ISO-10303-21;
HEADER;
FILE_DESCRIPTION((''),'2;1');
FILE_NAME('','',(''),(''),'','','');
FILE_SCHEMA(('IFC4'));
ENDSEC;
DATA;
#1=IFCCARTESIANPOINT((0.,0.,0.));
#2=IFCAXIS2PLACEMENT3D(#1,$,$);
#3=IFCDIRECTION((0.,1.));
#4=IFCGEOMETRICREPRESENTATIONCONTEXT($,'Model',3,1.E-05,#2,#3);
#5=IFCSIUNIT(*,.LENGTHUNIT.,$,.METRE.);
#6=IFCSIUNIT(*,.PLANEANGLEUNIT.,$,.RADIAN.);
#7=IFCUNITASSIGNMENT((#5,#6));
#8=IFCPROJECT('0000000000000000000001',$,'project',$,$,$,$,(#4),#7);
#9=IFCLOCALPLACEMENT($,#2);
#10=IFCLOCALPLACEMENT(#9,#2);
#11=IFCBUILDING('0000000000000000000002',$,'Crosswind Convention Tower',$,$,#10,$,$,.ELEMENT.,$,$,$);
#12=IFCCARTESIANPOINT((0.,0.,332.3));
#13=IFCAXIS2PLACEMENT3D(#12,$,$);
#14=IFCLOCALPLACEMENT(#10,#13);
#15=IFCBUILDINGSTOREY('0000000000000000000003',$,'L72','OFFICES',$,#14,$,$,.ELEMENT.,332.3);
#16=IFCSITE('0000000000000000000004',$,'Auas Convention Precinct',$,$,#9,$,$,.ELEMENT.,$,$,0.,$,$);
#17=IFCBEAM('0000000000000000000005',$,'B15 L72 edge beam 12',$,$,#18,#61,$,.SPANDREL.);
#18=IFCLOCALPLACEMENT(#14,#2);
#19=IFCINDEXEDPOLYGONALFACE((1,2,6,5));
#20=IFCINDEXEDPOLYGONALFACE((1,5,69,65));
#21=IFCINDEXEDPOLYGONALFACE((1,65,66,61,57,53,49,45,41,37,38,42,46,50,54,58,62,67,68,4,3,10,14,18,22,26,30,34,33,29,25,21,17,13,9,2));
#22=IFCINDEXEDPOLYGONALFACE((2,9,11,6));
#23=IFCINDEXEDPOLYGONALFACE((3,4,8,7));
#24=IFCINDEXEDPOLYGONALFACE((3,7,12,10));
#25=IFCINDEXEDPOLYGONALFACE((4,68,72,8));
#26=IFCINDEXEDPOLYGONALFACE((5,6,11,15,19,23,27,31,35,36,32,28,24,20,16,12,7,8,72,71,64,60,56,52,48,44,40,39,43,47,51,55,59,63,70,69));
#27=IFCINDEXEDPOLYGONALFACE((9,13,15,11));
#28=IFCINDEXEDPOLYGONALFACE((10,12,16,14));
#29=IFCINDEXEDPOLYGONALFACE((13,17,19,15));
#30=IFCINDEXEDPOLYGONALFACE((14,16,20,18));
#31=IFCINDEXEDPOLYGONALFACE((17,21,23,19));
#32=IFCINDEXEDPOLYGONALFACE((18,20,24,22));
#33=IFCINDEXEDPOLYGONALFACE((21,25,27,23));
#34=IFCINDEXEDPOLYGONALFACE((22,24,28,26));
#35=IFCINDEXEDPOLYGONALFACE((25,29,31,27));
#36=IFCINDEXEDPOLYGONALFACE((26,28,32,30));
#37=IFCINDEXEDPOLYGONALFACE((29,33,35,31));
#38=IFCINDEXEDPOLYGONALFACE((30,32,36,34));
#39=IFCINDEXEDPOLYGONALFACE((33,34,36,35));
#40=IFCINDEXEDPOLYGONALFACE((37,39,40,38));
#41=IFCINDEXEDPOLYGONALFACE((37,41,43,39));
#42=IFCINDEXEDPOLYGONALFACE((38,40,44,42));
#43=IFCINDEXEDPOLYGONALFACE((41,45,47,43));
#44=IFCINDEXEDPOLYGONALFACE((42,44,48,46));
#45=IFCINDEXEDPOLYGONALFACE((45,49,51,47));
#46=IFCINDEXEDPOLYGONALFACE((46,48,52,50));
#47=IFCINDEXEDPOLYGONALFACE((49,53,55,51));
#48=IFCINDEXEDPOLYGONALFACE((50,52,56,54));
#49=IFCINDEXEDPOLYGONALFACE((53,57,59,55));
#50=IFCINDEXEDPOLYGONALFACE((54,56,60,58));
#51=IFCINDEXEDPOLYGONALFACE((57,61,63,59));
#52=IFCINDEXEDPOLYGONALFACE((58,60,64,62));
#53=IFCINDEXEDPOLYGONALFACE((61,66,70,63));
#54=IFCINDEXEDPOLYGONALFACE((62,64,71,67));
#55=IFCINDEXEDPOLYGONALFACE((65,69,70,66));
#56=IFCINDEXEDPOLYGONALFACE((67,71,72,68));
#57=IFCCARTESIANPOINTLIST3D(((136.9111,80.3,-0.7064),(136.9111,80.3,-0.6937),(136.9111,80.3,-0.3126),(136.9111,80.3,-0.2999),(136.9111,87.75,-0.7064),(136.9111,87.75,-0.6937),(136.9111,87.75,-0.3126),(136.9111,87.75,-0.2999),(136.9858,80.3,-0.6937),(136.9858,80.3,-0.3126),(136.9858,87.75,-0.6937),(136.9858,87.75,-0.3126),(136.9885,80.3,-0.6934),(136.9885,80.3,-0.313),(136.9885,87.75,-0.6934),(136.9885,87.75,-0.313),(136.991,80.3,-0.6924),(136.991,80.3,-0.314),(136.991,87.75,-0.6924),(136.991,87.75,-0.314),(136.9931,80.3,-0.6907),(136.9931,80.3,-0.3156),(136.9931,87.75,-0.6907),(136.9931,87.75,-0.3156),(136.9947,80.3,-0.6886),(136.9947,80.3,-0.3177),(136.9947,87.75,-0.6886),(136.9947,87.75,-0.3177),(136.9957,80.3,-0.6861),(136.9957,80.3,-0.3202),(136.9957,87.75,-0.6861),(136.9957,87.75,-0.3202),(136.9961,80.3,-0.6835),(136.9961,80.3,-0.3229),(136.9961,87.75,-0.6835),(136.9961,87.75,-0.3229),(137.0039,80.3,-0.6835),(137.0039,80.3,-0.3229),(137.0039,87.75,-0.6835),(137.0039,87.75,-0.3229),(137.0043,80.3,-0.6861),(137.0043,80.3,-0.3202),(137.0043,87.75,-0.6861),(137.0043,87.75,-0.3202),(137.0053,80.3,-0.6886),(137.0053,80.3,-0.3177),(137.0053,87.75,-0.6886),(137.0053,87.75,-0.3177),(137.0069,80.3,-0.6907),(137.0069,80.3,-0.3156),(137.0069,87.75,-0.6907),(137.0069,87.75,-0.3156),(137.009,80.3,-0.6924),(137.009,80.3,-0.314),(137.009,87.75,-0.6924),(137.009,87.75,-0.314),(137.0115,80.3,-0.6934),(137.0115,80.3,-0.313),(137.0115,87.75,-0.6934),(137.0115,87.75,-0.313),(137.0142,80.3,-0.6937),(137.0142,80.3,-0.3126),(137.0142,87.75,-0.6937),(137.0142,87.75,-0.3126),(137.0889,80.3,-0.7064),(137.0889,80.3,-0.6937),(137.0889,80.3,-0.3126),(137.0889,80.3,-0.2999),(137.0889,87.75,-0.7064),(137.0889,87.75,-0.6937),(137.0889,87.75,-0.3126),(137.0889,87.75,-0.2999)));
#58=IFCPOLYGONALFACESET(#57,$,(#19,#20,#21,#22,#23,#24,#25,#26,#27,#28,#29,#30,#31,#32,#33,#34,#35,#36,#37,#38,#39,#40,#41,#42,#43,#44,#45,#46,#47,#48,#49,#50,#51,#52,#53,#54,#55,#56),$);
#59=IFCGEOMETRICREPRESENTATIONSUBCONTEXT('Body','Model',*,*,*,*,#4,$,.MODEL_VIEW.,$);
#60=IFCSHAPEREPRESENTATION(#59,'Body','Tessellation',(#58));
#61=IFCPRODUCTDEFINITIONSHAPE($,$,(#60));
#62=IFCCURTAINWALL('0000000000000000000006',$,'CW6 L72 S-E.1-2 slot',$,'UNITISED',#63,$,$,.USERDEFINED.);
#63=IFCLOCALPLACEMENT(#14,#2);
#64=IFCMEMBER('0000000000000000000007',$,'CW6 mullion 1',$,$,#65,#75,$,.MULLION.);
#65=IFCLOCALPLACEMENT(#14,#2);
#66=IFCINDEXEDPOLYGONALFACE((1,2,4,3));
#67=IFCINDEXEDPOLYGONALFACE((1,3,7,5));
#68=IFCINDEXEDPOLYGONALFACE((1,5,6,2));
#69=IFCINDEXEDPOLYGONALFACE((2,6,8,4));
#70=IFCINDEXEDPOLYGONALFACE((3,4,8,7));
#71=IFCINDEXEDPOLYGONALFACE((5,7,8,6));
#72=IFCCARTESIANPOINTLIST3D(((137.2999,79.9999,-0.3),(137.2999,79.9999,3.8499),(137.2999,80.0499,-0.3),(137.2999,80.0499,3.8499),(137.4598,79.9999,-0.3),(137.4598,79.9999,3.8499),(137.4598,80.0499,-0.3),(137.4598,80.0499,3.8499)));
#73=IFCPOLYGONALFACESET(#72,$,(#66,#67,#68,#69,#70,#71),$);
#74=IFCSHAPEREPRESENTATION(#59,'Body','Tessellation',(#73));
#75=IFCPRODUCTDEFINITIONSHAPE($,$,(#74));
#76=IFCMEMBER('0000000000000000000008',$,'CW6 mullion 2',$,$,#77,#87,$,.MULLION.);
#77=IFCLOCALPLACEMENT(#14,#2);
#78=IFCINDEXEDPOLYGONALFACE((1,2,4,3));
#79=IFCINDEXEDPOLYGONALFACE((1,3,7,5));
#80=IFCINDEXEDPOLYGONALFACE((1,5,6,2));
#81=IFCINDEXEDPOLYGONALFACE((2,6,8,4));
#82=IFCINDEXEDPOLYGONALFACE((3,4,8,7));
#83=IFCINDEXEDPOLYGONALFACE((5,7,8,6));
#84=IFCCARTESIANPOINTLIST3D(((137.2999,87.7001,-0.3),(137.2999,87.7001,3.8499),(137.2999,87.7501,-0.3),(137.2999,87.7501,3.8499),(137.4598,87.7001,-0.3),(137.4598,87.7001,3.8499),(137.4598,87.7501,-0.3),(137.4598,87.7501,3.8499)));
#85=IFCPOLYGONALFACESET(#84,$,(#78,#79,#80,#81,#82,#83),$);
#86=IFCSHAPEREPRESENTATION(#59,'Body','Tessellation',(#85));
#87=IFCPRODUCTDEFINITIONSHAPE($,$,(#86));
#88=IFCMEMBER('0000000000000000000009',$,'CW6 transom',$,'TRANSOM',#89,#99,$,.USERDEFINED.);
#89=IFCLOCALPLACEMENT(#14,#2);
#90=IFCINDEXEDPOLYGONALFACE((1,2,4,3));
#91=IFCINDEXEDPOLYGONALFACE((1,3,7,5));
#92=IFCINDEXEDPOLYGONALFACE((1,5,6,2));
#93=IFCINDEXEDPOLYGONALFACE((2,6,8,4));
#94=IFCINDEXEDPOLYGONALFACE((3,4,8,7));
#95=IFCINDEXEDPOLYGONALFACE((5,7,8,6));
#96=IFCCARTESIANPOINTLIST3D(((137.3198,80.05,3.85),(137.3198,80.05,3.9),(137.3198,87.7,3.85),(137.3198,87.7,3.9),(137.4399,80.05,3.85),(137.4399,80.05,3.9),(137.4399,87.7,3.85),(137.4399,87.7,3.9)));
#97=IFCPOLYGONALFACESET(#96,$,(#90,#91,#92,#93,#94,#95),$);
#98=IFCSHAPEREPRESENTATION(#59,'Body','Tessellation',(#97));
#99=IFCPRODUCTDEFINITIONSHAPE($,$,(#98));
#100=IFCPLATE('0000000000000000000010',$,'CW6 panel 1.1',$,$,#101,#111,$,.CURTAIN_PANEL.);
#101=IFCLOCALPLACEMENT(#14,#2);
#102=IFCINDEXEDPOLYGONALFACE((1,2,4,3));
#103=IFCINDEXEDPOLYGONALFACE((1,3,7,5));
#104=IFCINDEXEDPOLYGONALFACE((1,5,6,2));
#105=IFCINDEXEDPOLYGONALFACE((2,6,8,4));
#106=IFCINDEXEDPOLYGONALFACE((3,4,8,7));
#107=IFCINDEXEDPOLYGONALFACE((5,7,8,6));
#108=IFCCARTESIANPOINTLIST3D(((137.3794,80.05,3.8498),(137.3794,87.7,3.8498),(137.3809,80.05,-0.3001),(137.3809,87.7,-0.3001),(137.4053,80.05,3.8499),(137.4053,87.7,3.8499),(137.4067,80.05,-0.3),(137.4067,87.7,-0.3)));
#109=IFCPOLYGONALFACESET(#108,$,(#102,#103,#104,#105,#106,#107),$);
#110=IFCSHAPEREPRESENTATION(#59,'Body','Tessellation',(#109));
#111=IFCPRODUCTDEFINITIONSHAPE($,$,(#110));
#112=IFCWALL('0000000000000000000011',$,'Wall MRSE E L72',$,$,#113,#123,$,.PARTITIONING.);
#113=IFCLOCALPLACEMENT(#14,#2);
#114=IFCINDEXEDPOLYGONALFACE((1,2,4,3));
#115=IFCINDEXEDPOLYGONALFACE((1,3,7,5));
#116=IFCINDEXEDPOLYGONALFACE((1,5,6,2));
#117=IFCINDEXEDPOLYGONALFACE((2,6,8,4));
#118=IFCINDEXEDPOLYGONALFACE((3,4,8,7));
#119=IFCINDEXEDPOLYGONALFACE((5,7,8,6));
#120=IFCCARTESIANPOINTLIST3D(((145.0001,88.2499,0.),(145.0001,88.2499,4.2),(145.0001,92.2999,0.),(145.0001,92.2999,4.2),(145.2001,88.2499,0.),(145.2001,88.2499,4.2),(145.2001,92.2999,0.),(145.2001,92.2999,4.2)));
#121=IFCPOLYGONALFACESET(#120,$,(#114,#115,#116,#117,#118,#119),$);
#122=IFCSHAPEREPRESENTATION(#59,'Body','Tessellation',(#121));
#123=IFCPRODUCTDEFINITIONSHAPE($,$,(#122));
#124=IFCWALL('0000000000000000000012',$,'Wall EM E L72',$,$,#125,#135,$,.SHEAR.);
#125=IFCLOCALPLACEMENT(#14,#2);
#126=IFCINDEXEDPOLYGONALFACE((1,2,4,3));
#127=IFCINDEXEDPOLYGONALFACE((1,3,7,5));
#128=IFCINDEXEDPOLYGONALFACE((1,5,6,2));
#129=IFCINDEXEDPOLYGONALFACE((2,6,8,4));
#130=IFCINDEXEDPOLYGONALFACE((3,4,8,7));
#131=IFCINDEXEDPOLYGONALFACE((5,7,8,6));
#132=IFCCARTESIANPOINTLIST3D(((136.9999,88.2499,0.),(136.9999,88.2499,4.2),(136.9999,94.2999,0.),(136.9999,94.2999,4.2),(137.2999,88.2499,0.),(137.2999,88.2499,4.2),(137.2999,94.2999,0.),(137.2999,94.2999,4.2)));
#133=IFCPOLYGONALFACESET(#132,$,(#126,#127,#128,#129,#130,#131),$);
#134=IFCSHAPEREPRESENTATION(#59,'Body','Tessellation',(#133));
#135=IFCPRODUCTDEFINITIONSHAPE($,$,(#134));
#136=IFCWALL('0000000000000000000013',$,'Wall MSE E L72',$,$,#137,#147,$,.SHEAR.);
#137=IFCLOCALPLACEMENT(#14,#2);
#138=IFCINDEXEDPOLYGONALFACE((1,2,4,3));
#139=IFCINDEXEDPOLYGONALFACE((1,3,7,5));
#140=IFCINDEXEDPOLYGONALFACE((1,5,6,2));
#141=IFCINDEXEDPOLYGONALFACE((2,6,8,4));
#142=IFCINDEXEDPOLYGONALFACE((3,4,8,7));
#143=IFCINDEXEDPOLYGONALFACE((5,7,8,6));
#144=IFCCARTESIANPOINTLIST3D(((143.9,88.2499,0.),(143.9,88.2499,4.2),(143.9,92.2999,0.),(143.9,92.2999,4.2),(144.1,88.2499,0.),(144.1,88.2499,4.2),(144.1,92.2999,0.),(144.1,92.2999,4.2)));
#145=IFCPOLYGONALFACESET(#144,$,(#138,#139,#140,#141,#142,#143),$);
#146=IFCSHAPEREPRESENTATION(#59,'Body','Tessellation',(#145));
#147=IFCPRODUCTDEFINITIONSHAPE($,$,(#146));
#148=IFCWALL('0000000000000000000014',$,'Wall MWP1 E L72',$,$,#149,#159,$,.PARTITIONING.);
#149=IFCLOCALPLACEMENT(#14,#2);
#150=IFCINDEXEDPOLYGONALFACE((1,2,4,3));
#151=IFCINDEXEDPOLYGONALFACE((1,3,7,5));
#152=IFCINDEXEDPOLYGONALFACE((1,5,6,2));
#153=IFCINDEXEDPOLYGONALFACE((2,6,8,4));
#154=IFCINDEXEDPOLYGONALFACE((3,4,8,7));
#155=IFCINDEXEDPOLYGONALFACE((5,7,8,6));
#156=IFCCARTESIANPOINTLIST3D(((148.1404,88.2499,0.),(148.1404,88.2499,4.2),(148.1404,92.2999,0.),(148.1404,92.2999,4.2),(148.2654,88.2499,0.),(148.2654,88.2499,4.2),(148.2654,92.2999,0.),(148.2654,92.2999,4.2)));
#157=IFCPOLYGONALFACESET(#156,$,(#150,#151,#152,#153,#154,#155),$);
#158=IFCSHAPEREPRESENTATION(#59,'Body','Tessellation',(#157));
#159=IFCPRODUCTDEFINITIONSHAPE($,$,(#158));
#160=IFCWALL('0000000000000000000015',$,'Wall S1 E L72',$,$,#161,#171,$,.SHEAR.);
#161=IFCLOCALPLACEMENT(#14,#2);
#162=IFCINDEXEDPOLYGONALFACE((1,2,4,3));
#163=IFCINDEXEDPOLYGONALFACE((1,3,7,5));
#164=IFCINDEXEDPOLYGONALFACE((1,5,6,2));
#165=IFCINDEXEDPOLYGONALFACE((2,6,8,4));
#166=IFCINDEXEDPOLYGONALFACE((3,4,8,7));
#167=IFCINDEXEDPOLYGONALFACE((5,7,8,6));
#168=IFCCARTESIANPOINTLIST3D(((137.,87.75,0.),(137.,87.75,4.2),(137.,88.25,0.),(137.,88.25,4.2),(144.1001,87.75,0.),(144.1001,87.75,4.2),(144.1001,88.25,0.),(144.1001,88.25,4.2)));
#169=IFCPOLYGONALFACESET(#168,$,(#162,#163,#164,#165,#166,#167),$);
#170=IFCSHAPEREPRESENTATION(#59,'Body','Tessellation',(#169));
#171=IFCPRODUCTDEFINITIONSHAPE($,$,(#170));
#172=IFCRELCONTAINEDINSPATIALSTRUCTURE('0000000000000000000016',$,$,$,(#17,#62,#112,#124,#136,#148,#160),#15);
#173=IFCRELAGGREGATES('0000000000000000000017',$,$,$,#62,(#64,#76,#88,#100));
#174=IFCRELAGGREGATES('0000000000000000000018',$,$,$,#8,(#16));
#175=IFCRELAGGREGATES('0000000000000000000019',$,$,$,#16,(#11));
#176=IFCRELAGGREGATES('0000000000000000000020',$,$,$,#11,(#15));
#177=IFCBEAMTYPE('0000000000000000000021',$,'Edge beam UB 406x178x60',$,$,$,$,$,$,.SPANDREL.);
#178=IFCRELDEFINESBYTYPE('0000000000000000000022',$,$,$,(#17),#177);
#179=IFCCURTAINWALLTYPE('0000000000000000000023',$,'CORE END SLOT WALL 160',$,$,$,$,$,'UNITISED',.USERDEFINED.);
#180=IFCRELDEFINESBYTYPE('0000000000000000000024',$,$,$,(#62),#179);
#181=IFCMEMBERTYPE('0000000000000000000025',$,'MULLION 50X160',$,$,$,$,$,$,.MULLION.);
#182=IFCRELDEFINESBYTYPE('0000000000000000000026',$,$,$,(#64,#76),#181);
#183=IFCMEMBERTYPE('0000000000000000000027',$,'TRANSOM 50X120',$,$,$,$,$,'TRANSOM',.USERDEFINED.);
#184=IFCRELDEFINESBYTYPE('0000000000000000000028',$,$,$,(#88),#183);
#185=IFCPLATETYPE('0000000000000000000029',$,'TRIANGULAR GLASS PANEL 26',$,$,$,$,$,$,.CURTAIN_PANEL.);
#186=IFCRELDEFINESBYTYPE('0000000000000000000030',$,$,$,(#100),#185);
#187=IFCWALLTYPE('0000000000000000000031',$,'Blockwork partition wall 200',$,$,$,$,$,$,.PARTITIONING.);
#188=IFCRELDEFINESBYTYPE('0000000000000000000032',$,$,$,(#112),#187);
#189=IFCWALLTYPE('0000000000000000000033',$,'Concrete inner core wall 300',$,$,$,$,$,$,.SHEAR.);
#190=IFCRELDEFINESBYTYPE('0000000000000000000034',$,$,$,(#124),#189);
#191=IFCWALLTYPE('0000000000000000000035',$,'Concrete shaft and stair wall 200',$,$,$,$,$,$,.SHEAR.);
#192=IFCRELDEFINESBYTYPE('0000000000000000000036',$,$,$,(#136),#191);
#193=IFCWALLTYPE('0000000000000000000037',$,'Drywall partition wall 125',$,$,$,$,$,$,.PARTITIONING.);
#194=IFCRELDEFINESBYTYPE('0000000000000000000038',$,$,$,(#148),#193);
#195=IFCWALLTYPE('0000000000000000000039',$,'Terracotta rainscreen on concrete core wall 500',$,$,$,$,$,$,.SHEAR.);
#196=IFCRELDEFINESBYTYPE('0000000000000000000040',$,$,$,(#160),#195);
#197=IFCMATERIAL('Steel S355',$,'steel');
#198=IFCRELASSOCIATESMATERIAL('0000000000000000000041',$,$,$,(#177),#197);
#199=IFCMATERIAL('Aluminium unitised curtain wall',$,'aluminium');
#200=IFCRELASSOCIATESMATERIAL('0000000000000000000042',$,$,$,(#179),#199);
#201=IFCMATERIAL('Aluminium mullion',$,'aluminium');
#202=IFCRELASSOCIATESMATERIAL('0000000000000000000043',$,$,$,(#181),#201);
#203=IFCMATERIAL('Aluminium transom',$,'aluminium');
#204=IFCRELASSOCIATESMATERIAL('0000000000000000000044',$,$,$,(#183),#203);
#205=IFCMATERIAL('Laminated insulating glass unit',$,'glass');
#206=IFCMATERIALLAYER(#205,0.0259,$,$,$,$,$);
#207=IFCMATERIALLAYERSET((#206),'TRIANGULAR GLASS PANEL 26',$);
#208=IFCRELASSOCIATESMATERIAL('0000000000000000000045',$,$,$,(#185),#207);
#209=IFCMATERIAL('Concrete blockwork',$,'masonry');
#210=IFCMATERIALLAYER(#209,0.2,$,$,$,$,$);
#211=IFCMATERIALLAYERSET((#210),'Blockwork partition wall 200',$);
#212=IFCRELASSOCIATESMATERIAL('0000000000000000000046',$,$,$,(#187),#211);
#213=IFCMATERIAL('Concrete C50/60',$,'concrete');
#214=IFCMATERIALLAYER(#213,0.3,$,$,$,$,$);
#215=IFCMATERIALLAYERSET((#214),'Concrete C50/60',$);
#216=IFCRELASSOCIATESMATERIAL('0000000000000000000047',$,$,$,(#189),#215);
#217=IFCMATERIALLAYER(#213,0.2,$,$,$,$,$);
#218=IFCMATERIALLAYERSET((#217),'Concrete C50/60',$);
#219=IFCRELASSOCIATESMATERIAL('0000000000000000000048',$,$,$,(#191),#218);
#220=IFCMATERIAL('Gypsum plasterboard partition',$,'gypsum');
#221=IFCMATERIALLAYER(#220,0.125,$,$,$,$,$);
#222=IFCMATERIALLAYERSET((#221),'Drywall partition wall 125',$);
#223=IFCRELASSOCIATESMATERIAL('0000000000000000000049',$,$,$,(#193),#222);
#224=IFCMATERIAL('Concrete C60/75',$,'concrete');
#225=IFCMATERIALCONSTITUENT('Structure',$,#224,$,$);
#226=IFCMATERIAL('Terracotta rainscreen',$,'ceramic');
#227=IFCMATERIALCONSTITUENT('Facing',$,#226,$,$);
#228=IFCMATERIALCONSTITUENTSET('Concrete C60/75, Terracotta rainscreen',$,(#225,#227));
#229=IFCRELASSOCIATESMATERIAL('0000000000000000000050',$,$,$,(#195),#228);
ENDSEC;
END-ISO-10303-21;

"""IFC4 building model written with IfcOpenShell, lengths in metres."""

from ifc_helpers import new_model, si_unit, direction, frame, frame_2d, origin, origin_2d, place, context, subcontext, project, spatial, polyline, rectangle, i_section, outline, extrude, material, layer, layer_set, constituent, constituent_set, material_profile, profile_set, type_object, element, aggregate, save


model = new_model("IFC4")

# Units and contexts
model_context = context("Model", 3, precision=1e-05, world=origin(), true_north=direction((0.0, 1.0)))
body_context = subcontext(model_context, "Body", "Model", "MODEL_VIEW")
ifc_project = project(units=[si_unit("LENGTHUNIT", "METRE"), si_unit("PLANEANGLEUNIT", "RADIAN")], contexts=[model_context])

# Site, building, storey
site_placement = place(None, origin())
site = spatial("IfcSite", under=ifc_project, at=site_placement, Name="Auas Convention Precinct", CompositionType="ELEMENT", RefElevation=0.0)
building_placement = place(site_placement, origin())
building = spatial("IfcBuilding", under=site, at=building_placement, Name="Crosswind Convention Tower", CompositionType="ELEMENT")
storey_placement = place(building_placement, frame((0.0, 0.0, 332.3)))
storey = spatial("IfcBuildingStorey", under=building, at=storey_placement, Name="L72", Description="OFFICES", CompositionType="ELEMENT", Elevation=332.3)

# Beam
ifc_material_1 = material(Name="Steel S355", Category="steel")
ifc_material_profile_1 = material_profile(ifc_material_1, i_section(OverallWidth=0.1777, OverallDepth=0.4065, WebThickness=0.0078, FlangeThickness=0.0127, FilletRadius=0.0103, at=origin_2d()), Name="UB 406x178x60")
ifc_profile_set_1 = profile_set([ifc_material_profile_1], Name="Steel S355")
beam_type = type_object("IfcBeamType", Name="Edge beam UB 406x178x60", PredefinedType="SPANDREL", material=ifc_profile_set_1)
beam_placement = place(storey_placement, frame((137.0, 80.3, -0.5032), z_axis=(0.0, 1.0, 0.0), x_axis=(-1.0, 0.0, 0.0)))
element("IfcBeam", 1, at=beam_placement, inside=storey, type_object=beam_type, Name="B15 L72 edge beam 12", PredefinedType="SPANDREL", context=body_context, shape_type="SweptSolid", body=[
    extrude(i_section(OverallWidth=0.1777, OverallDepth=0.4065, WebThickness=0.0078, FlangeThickness=0.0127, FilletRadius=0.0103, at=origin_2d()), origin(), (0.0, 0.0, 1.0), 7.45),
])

# Curtain wall, members, plate
ifc_material_2 = material(Name="Aluminium unitised curtain wall", Category="aluminium")
curtain_wall_type = type_object("IfcCurtainWallType", Name="CORE END SLOT WALL 160", ElementType="UNITISED", PredefinedType="USERDEFINED", material=ifc_material_2)
curtain_wall_placement = place(storey_placement, origin())
curtain_wall = element("IfcCurtainWall", 2, at=curtain_wall_placement, inside=storey, type_object=curtain_wall_type, Name="CW6 L72 S-E.1-2 slot", ObjectType="UNITISED", PredefinedType="USERDEFINED")
ifc_material_3 = material(Name="Aluminium mullion", Category="aluminium")
ifc_material_profile_2 = material_profile(ifc_material_3, rectangle(XDim=0.1599, YDim=0.05, at=origin_2d()), Name="AL 160X50")
ifc_profile_set_2 = profile_set([ifc_material_profile_2], Name="Aluminium mullion")
member_type_1 = type_object("IfcMemberType", Name="MULLION 50X160", PredefinedType="MULLION", material=ifc_profile_set_2)
member_1_placement = place(storey_placement, frame((137.3799, 80.0249, -0.3), z_axis=(0.0, 0.0, 1.0), x_axis=(1.0, 0.0, 0.0)))
member_1 = element("IfcMember", 3, at=member_1_placement, type_object=member_type_1, Name="CW6 mullion 1", PredefinedType="MULLION", context=body_context, shape_type="SweptSolid", body=[
    extrude(rectangle(XDim=0.1599, YDim=0.05, at=origin_2d()), origin(), (0.0, 0.0, 1.0), 4.1499),
])
member_2_placement = place(storey_placement, frame((137.3799, 87.7251, -0.3), z_axis=(0.0, 0.0, 1.0), x_axis=(1.0, 0.0, 0.0)))
member_2 = element("IfcMember", 4, at=member_2_placement, type_object=member_type_1, Name="CW6 mullion 2", PredefinedType="MULLION", context=body_context, shape_type="SweptSolid", body=[
    extrude(rectangle(XDim=0.1599, YDim=0.05, at=origin_2d()), origin(), (0.0, 0.0, 1.0), 4.1499),
])
ifc_material_4 = material(Name="Aluminium transom", Category="aluminium")
ifc_material_profile_3 = material_profile(ifc_material_4, rectangle(XDim=0.1201, YDim=0.05, at=origin_2d()), Name="AL 120X50")
ifc_profile_set_3 = profile_set([ifc_material_profile_3], Name="Aluminium transom")
member_type_2 = type_object("IfcMemberType", Name="TRANSOM 50X120", ElementType="TRANSOM", PredefinedType="USERDEFINED", material=ifc_profile_set_3)
member_3_placement = place(storey_placement, frame((137.3799, 80.05, 3.875), z_axis=(0.0, 1.0, 0.0), x_axis=(-1.0, 0.0, 0.0)))
member_3 = element("IfcMember", 5, at=member_3_placement, type_object=member_type_2, Name="CW6 transom", ObjectType="TRANSOM", PredefinedType="USERDEFINED", context=body_context, shape_type="SweptSolid", body=[
    extrude(rectangle(XDim=0.1201, YDim=0.05, at=origin_2d()), origin(), (0.0, 0.0, 1.0), 7.6499),
])
ifc_material_5 = material(Name="Laminated insulating glass unit", Category="glass")
ifc_layer_1 = layer(ifc_material_5, 0.0259)
ifc_layer_set_1 = layer_set([ifc_layer_1], Name="TRIANGULAR GLASS PANEL 26")
plate_type = type_object("IfcPlateType", Name="TRIANGULAR GLASS PANEL 26", PredefinedType="CURTAIN_PANEL", material=ifc_layer_set_1)
plate_placement = place(storey_placement, frame((137.4067, 80.05, -0.3), z_axis=(1.0, 0.0, 0.000353), x_axis=(0.0, 1.0, 0.0)))
plate = element("IfcPlate", 6, at=plate_placement, type_object=plate_type, Name="CW6 panel 1.1", PredefinedType="CURTAIN_PANEL", context=body_context, shape_type="SweptSolid", body=[
    extrude(outline(polyline([(0.0, 0.0), (7.6499, 0.0), (7.6499, 4.1499), (0.0, 4.1499), (0.0, 0.0)])), origin(), (0.0, 0.0, -1.0), 0.0259),
])
aggregate(curtain_wall, [member_1, member_2, member_3, plate])

# Walls
ifc_material_6 = material(Name="Concrete blockwork", Category="masonry")
ifc_layer_2 = layer(ifc_material_6, 0.2)
ifc_layer_set_2 = layer_set([ifc_layer_2], Name="Blockwork partition wall 200")
wall_type_1 = type_object("IfcWallType", Name="Blockwork partition wall 200", PredefinedType="PARTITIONING", material=ifc_layer_set_2)
wall_1_placement = place(storey_placement, frame((145.1001, 88.25, 0.0), z_axis=(0.0, 0.0, 1.0), x_axis=(0.0, 1.0, 0.0)))
element("IfcWall", 7, at=wall_1_placement, inside=storey, type_object=wall_type_1, Name="Wall MRSE E L72", PredefinedType="PARTITIONING", context=body_context, shape_type="SweptSolid", body=[
    extrude(rectangle(XDim=4.05, YDim=0.2, at=frame_2d((2.0249, 0.0))), origin(), (0.0, 0.0, 1.0), 4.2),
])
ifc_material_7 = material(Name="Concrete C50/60", Category="concrete")
ifc_layer_3 = layer(ifc_material_7, 0.3)
ifc_layer_set_3 = layer_set([ifc_layer_3], Name="Concrete C50/60")
wall_type_2 = type_object("IfcWallType", Name="Concrete inner core wall 300", PredefinedType="SHEAR", material=ifc_layer_set_3)
wall_2_placement = place(storey_placement, frame((137.1499, 88.25, 0.0), z_axis=(0.0, 0.0, 1.0), x_axis=(0.0, 1.0, 0.0)))
element("IfcWall", 8, at=wall_2_placement, inside=storey, type_object=wall_type_2, Name="Wall EM E L72", PredefinedType="SHEAR", context=body_context, shape_type="SweptSolid", body=[
    extrude(rectangle(XDim=6.05, YDim=0.3, at=frame_2d((3.0249, 0.0))), origin(), (0.0, 0.0, 1.0), 4.2),
])
ifc_layer_4 = layer(ifc_material_7, 0.2)
ifc_layer_set_4 = layer_set([ifc_layer_4], Name="Concrete C50/60")
wall_type_3 = type_object("IfcWallType", Name="Concrete shaft and stair wall 200", PredefinedType="SHEAR", material=ifc_layer_set_4)
wall_3_placement = place(storey_placement, frame((144.0, 88.25, 0.0), z_axis=(0.0, 0.0, 1.0), x_axis=(0.0, 1.0, 0.0)))
element("IfcWall", 9, at=wall_3_placement, inside=storey, type_object=wall_type_3, Name="Wall MSE E L72", PredefinedType="SHEAR", context=body_context, shape_type="SweptSolid", body=[
    extrude(rectangle(XDim=4.05, YDim=0.2, at=frame_2d((2.0249, 0.0))), origin(), (0.0, 0.0, 1.0), 4.2),
])
ifc_material_8 = material(Name="Gypsum plasterboard partition", Category="gypsum")
ifc_layer_5 = layer(ifc_material_8, 0.125)
ifc_layer_set_5 = layer_set([ifc_layer_5], Name="Drywall partition wall 125")
wall_type_4 = type_object("IfcWallType", Name="Drywall partition wall 125", PredefinedType="PARTITIONING", material=ifc_layer_set_5)
wall_4_placement = place(storey_placement, frame((148.2029, 88.25, 0.0), z_axis=(0.0, 0.0, 1.0), x_axis=(0.0, 1.0, 0.0)))
element("IfcWall", 10, at=wall_4_placement, inside=storey, type_object=wall_type_4, Name="Wall MWP1 E L72", PredefinedType="PARTITIONING", context=body_context, shape_type="SweptSolid", body=[
    extrude(rectangle(XDim=4.05, YDim=0.125, at=frame_2d((2.0249, 0.0))), origin(), (0.0, 0.0, 1.0), 4.2),
])
ifc_material_9 = material(Name="Concrete C60/75", Category="concrete")
ifc_constituent_1 = constituent(ifc_material_9, Name="Structure")
ifc_material_10 = material(Name="Terracotta rainscreen", Category="ceramic")
ifc_constituent_2 = constituent(ifc_material_10, Name="Facing")
ifc_constituent_set = constituent_set(constituents=[ifc_constituent_1, ifc_constituent_2], Name="Concrete C60/75, Terracotta rainscreen")
wall_type_5 = type_object("IfcWallType", Name="Terracotta rainscreen on concrete core wall 500", PredefinedType="SHEAR", material=ifc_constituent_set)
wall_5_placement = place(storey_placement, frame((137.0, 88.0, 0.0), z_axis=(0.0, 0.0, 1.0), x_axis=(1.0, 0.0, 0.0)))
element("IfcWall", 11, at=wall_5_placement, inside=storey, type_object=wall_type_5, Name="Wall S1 E L72", PredefinedType="SHEAR", context=body_context, shape_type="SweptSolid", body=[
    extrude(rectangle(XDim=7.1001, YDim=0.5, at=frame_2d((3.55, 0.0))), origin(), (0.0, 0.0, 1.0), 4.2),
])

save(model, "model.ifc")
